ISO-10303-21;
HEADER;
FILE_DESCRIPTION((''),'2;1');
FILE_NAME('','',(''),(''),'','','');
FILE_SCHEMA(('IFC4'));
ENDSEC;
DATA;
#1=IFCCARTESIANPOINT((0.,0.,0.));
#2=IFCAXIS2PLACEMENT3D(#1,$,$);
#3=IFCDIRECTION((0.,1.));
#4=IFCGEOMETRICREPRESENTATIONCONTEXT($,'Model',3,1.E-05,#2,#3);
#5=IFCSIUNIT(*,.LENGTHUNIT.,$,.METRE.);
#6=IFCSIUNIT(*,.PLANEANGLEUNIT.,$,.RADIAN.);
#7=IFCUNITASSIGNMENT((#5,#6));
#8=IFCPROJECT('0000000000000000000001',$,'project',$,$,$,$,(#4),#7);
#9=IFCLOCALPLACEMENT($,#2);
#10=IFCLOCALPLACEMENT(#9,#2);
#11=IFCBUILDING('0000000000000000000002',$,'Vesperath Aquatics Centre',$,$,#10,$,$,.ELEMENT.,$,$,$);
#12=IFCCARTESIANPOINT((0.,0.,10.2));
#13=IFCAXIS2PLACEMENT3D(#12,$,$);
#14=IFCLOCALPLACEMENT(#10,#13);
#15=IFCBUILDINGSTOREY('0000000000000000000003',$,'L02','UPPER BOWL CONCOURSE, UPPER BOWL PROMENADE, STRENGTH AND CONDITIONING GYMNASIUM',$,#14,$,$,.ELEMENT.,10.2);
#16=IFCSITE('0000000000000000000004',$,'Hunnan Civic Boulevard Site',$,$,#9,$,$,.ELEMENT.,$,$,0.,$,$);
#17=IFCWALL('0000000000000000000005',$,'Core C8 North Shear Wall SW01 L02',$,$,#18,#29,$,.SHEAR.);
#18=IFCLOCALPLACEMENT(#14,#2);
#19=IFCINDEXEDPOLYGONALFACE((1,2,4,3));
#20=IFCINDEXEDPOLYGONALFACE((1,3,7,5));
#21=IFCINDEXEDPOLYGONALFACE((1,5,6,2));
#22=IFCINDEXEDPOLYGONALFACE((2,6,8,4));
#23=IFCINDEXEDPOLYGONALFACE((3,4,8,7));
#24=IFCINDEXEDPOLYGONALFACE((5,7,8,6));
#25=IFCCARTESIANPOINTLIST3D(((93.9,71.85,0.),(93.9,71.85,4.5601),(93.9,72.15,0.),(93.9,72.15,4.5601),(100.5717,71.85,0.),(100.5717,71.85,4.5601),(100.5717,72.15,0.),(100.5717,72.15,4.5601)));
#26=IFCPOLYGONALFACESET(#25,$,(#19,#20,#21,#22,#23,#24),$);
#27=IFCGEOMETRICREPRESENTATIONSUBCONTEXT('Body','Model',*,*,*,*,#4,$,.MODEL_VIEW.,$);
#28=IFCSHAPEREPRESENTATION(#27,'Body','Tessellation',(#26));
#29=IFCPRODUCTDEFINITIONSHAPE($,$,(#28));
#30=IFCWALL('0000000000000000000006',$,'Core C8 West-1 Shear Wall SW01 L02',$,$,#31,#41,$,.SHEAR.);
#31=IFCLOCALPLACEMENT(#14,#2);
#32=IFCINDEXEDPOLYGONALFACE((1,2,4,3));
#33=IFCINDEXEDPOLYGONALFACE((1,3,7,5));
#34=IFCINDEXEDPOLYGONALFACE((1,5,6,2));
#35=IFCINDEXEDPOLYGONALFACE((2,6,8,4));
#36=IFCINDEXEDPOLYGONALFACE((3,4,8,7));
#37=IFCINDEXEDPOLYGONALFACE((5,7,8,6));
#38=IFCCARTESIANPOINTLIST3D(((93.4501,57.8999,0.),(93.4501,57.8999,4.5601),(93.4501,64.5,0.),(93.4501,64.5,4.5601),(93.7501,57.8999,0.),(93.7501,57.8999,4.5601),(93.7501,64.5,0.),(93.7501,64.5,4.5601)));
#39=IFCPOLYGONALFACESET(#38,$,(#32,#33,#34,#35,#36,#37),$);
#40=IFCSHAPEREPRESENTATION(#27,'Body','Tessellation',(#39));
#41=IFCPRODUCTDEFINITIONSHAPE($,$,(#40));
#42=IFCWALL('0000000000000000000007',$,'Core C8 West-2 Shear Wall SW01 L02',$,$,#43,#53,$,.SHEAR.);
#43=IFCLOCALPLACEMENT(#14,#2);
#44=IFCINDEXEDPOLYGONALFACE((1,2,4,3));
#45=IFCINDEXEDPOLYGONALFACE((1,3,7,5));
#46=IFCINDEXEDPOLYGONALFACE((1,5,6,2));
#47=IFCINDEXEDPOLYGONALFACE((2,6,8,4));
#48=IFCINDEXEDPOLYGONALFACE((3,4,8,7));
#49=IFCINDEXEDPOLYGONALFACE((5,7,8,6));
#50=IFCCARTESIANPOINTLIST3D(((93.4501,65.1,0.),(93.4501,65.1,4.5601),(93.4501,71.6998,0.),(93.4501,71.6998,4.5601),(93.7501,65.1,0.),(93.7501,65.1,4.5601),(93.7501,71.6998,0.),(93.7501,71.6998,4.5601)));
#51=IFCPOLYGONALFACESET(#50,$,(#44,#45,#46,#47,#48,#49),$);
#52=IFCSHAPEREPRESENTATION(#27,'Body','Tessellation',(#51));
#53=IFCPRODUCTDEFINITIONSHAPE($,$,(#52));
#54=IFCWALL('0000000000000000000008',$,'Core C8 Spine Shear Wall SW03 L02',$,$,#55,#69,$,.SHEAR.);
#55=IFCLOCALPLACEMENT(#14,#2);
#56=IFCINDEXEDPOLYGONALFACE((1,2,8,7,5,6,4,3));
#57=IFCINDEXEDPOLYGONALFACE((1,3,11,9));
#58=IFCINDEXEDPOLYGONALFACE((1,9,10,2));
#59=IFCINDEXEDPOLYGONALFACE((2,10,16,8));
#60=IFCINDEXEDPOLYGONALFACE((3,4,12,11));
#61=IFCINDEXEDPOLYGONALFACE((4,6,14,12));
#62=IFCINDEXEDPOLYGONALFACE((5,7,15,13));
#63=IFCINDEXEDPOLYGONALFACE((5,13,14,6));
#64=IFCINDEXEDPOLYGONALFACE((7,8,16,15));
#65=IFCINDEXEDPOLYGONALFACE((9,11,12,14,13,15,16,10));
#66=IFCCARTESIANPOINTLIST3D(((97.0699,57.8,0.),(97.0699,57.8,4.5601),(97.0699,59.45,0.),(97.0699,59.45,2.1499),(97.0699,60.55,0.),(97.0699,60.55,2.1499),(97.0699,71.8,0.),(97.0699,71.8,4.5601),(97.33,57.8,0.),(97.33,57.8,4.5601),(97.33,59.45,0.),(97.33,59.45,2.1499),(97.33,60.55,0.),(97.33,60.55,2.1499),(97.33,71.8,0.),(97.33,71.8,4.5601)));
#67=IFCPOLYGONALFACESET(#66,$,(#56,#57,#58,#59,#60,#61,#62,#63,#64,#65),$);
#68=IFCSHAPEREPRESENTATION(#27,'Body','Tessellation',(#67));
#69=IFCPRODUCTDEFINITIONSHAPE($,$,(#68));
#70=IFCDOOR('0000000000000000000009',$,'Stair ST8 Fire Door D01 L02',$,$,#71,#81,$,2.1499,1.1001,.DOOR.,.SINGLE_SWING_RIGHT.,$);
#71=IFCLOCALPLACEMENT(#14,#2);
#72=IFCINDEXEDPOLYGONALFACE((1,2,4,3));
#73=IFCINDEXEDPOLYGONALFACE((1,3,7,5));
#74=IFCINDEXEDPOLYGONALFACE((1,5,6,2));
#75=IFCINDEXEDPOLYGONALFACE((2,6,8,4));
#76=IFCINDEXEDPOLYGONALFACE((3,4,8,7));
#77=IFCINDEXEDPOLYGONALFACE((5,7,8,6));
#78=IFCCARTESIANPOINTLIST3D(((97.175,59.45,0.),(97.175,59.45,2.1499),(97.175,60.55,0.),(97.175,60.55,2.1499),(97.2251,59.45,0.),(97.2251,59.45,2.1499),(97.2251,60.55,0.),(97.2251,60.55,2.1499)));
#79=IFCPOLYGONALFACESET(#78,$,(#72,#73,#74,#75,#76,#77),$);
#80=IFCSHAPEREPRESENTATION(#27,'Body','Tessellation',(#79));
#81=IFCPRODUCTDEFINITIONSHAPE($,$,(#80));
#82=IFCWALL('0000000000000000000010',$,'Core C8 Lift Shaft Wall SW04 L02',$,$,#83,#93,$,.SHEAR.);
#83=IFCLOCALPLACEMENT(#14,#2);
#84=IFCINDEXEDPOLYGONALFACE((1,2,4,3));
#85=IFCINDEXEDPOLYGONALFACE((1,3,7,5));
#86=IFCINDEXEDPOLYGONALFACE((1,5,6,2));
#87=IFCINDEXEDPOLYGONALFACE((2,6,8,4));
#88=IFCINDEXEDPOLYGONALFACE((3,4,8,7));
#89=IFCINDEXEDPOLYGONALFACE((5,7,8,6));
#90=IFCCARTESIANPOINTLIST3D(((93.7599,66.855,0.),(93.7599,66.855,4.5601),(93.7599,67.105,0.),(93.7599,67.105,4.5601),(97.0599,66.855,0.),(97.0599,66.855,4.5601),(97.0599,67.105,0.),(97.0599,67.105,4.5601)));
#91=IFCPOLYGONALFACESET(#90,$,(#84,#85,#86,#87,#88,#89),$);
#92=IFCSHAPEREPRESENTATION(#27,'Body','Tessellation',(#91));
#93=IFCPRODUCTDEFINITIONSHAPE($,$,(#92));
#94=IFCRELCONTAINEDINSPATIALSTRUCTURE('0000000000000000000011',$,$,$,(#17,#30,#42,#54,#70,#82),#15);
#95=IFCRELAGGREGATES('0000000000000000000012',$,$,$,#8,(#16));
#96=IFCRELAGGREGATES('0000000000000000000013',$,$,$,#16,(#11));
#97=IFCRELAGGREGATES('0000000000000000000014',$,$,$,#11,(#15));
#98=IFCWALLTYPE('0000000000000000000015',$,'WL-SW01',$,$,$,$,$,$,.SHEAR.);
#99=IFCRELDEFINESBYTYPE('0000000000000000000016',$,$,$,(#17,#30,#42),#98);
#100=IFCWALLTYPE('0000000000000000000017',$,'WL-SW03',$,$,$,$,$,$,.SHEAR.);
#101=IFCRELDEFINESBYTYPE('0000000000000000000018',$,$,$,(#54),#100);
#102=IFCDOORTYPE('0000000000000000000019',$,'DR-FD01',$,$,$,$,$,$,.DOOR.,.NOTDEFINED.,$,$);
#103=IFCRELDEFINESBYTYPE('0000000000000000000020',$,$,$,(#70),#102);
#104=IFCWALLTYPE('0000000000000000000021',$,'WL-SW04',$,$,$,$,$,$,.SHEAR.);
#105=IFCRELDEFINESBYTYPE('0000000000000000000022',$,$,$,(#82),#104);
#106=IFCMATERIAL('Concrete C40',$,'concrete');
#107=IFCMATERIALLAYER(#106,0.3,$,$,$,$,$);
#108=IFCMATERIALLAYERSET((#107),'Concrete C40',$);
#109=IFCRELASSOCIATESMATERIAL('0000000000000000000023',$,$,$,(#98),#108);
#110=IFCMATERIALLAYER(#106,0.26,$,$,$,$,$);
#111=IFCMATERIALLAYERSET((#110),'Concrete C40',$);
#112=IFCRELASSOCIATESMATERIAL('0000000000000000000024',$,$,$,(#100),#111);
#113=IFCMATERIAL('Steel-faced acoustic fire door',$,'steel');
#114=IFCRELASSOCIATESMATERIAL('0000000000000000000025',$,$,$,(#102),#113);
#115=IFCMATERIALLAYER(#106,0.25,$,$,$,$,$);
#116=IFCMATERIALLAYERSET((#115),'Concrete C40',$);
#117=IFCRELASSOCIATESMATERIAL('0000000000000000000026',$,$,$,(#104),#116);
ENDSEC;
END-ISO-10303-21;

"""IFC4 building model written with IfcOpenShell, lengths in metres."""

from ifc_helpers import new_model, si_unit, direction, frame, frame_2d, origin, place, context, subcontext, project, spatial, rectangle, extrude, material, layer, layer_set, type_object, element, fill, save


model = new_model("IFC4")

# Units and contexts
model_context = context("Model", 3, precision=1e-05, world=origin(), true_north=direction((0.0, 1.0)))
body_context = subcontext(model_context, "Body", "Model", "MODEL_VIEW")
ifc_project = project(units=[si_unit("LENGTHUNIT", "METRE"), si_unit("PLANEANGLEUNIT", "RADIAN")], contexts=[model_context])

# Site, building, storey
site_placement = place(None, origin())
site = spatial("IfcSite", under=ifc_project, at=site_placement, Name="Hunnan Civic Boulevard Site", CompositionType="ELEMENT", RefElevation=0.0)
building_placement = place(site_placement, origin())
building = spatial("IfcBuilding", under=site, at=building_placement, Name="Vesperath Aquatics Centre", CompositionType="ELEMENT")
storey_placement = place(building_placement, frame((0.0, 0.0, 10.2)))
storey = spatial("IfcBuildingStorey", under=building, at=storey_placement, Name="L02", Description="UPPER BOWL CONCOURSE, UPPER BOWL PROMENADE, STRENGTH AND CONDITIONING GYMNASIUM", CompositionType="ELEMENT", Elevation=10.2)

# Shared definitions
ifc_material_1 = material(Name="Concrete C40", Category="concrete")

# Walls
ifc_layer_1 = layer(ifc_material_1, 0.3)
ifc_layer_set_1 = layer_set([ifc_layer_1], Name="Concrete C40")
wall_type_1 = type_object("IfcWallType", Name="WL-SW01", PredefinedType="SHEAR", material=ifc_layer_set_1)
for number, where, z_axis, x_axis, name in (
    (1, (93.8999, 72.0, 0.0), (0.0, 0.0, 1.0), (1.0, 0.0, 0.0), "Core C8 North Shear Wall SW01 L02"),
):
    element("IfcWall", number, at=place(storey_placement, frame(where, z_axis=z_axis, x_axis=x_axis)), inside=storey, type_object=wall_type_1, Name=name, PredefinedType="SHEAR", context=body_context, shape_type="SweptSolid", body=[
        extrude(rectangle(XDim=6.6716, YDim=0.3, at=frame_2d((3.3359, 0.0))), origin(), (0.0, 0.0, 1.0), 4.5601),
    ])
wall_1_placement = place(storey_placement, frame((93.6001, 57.8999, 0.0), z_axis=(0.0, 0.0, 1.0), x_axis=(0.0, 1.0, 0.0)))
element("IfcWall", 2, at=wall_1_placement, inside=storey, type_object=wall_type_1, Name="Core C8 West-1 Shear Wall SW01 L02", PredefinedType="SHEAR", context=body_context, shape_type="SweptSolid", body=[
    extrude(rectangle(XDim=6.6001, YDim=0.3, at=frame_2d((3.3, 0.0))), origin(), (0.0, 0.0, 1.0), 4.5601),
])
wall_2_placement = place(storey_placement, frame((93.6001, 65.1001, 0.0), z_axis=(0.0, 0.0, 1.0), x_axis=(0.0, 1.0, 0.0)))
element("IfcWall", 3, at=wall_2_placement, inside=storey, type_object=wall_type_1, Name="Core C8 West-2 Shear Wall SW01 L02", PredefinedType="SHEAR", context=body_context, shape_type="SweptSolid", body=[
    extrude(rectangle(XDim=6.5999, YDim=0.3, at=frame_2d((3.2998, 0.0))), origin(), (0.0, 0.0, 1.0), 4.5601),
])

# Wall, opening, door
ifc_layer_2 = layer(ifc_material_1, 0.26)
ifc_layer_set_2 = layer_set([ifc_layer_2], Name="Concrete C40")
wall_type_2 = type_object("IfcWallType", Name="WL-SW03", PredefinedType="SHEAR", material=ifc_layer_set_2)
wall_3_placement = place(storey_placement, frame((97.2, 57.8, 0.0), z_axis=(0.0, 0.0, 1.0), x_axis=(0.0, 1.0, 0.0)))
wall_3 = element("IfcWall", 4, at=wall_3_placement, inside=storey, type_object=wall_type_2, Name="Core C8 Spine Shear Wall SW03 L02", PredefinedType="SHEAR", context=body_context, shape_type="SweptSolid", body=[
    extrude(rectangle(XDim=14.0, YDim=0.26, at=frame_2d((7.0, 0.0))), origin(), (0.0, 0.0, 1.0), 4.5601),
])
opening_placement = place(wall_3_placement, frame((1.6499, 0.0, 0.0)))
opening = element("IfcOpeningElement", 5, at=opening_placement, cuts=wall_3, PredefinedType="OPENING", context=body_context, shape_type="SweptSolid", body=[
    extrude(rectangle(XDim=1.1001, YDim=2.1499, at=frame_2d((0.55, 1.075))), frame((0.0, 0.145, 0.0), z_axis=(0.0, -1.0, 0.0), x_axis=(1.0, 0.0, 0.0)), (0.0, 0.0, 1.0), 0.2898),
])
ifc_material_2 = material(Name="Steel-faced acoustic fire door", Category="steel")
door_type = type_object("IfcDoorType", Name="DR-FD01", OperationType="NOTDEFINED", PredefinedType="DOOR", material=ifc_material_2)
door_placement = place(opening_placement, origin())
door = element("IfcDoor", 6, at=door_placement, inside=storey, type_object=door_type, Name="Stair ST8 Fire Door D01 L02", OperationType="SINGLE_SWING_RIGHT", OverallHeight=2.1499, OverallWidth=1.1001, PredefinedType="DOOR", context=body_context, shape_type="SweptSolid", body=[
    extrude(rectangle(XDim=1.1001, YDim=2.1499, at=frame_2d((0.55, 1.075))), frame((0.0, 0.0249, 0.0), z_axis=(0.0, -1.0, 0.0), x_axis=(1.0, 0.0, 0.0)), (0.0, 0.0, 1.0), 0.05),
])
fill(opening, door)

# Wall
ifc_layer_3 = layer(ifc_material_1, 0.25)
ifc_layer_set_3 = layer_set([ifc_layer_3], Name="Concrete C40")
wall_type_3 = type_object("IfcWallType", Name="WL-SW04", PredefinedType="SHEAR", material=ifc_layer_set_3)
wall_4_placement = place(storey_placement, frame((93.76, 66.98, 0.0), z_axis=(0.0, 0.0, 1.0), x_axis=(1.0, 0.0, 0.0)))
element("IfcWall", 7, at=wall_4_placement, inside=storey, type_object=wall_type_3, Name="Core C8 Lift Shaft Wall SW04 L02", PredefinedType="SHEAR", context=body_context, shape_type="SweptSolid", body=[
    extrude(rectangle(XDim=3.3, YDim=0.25, at=frame_2d((1.6499, 0.0))), origin(), (0.0, 0.0, 1.0), 4.5601),
])

save(model, "model.ifc")
